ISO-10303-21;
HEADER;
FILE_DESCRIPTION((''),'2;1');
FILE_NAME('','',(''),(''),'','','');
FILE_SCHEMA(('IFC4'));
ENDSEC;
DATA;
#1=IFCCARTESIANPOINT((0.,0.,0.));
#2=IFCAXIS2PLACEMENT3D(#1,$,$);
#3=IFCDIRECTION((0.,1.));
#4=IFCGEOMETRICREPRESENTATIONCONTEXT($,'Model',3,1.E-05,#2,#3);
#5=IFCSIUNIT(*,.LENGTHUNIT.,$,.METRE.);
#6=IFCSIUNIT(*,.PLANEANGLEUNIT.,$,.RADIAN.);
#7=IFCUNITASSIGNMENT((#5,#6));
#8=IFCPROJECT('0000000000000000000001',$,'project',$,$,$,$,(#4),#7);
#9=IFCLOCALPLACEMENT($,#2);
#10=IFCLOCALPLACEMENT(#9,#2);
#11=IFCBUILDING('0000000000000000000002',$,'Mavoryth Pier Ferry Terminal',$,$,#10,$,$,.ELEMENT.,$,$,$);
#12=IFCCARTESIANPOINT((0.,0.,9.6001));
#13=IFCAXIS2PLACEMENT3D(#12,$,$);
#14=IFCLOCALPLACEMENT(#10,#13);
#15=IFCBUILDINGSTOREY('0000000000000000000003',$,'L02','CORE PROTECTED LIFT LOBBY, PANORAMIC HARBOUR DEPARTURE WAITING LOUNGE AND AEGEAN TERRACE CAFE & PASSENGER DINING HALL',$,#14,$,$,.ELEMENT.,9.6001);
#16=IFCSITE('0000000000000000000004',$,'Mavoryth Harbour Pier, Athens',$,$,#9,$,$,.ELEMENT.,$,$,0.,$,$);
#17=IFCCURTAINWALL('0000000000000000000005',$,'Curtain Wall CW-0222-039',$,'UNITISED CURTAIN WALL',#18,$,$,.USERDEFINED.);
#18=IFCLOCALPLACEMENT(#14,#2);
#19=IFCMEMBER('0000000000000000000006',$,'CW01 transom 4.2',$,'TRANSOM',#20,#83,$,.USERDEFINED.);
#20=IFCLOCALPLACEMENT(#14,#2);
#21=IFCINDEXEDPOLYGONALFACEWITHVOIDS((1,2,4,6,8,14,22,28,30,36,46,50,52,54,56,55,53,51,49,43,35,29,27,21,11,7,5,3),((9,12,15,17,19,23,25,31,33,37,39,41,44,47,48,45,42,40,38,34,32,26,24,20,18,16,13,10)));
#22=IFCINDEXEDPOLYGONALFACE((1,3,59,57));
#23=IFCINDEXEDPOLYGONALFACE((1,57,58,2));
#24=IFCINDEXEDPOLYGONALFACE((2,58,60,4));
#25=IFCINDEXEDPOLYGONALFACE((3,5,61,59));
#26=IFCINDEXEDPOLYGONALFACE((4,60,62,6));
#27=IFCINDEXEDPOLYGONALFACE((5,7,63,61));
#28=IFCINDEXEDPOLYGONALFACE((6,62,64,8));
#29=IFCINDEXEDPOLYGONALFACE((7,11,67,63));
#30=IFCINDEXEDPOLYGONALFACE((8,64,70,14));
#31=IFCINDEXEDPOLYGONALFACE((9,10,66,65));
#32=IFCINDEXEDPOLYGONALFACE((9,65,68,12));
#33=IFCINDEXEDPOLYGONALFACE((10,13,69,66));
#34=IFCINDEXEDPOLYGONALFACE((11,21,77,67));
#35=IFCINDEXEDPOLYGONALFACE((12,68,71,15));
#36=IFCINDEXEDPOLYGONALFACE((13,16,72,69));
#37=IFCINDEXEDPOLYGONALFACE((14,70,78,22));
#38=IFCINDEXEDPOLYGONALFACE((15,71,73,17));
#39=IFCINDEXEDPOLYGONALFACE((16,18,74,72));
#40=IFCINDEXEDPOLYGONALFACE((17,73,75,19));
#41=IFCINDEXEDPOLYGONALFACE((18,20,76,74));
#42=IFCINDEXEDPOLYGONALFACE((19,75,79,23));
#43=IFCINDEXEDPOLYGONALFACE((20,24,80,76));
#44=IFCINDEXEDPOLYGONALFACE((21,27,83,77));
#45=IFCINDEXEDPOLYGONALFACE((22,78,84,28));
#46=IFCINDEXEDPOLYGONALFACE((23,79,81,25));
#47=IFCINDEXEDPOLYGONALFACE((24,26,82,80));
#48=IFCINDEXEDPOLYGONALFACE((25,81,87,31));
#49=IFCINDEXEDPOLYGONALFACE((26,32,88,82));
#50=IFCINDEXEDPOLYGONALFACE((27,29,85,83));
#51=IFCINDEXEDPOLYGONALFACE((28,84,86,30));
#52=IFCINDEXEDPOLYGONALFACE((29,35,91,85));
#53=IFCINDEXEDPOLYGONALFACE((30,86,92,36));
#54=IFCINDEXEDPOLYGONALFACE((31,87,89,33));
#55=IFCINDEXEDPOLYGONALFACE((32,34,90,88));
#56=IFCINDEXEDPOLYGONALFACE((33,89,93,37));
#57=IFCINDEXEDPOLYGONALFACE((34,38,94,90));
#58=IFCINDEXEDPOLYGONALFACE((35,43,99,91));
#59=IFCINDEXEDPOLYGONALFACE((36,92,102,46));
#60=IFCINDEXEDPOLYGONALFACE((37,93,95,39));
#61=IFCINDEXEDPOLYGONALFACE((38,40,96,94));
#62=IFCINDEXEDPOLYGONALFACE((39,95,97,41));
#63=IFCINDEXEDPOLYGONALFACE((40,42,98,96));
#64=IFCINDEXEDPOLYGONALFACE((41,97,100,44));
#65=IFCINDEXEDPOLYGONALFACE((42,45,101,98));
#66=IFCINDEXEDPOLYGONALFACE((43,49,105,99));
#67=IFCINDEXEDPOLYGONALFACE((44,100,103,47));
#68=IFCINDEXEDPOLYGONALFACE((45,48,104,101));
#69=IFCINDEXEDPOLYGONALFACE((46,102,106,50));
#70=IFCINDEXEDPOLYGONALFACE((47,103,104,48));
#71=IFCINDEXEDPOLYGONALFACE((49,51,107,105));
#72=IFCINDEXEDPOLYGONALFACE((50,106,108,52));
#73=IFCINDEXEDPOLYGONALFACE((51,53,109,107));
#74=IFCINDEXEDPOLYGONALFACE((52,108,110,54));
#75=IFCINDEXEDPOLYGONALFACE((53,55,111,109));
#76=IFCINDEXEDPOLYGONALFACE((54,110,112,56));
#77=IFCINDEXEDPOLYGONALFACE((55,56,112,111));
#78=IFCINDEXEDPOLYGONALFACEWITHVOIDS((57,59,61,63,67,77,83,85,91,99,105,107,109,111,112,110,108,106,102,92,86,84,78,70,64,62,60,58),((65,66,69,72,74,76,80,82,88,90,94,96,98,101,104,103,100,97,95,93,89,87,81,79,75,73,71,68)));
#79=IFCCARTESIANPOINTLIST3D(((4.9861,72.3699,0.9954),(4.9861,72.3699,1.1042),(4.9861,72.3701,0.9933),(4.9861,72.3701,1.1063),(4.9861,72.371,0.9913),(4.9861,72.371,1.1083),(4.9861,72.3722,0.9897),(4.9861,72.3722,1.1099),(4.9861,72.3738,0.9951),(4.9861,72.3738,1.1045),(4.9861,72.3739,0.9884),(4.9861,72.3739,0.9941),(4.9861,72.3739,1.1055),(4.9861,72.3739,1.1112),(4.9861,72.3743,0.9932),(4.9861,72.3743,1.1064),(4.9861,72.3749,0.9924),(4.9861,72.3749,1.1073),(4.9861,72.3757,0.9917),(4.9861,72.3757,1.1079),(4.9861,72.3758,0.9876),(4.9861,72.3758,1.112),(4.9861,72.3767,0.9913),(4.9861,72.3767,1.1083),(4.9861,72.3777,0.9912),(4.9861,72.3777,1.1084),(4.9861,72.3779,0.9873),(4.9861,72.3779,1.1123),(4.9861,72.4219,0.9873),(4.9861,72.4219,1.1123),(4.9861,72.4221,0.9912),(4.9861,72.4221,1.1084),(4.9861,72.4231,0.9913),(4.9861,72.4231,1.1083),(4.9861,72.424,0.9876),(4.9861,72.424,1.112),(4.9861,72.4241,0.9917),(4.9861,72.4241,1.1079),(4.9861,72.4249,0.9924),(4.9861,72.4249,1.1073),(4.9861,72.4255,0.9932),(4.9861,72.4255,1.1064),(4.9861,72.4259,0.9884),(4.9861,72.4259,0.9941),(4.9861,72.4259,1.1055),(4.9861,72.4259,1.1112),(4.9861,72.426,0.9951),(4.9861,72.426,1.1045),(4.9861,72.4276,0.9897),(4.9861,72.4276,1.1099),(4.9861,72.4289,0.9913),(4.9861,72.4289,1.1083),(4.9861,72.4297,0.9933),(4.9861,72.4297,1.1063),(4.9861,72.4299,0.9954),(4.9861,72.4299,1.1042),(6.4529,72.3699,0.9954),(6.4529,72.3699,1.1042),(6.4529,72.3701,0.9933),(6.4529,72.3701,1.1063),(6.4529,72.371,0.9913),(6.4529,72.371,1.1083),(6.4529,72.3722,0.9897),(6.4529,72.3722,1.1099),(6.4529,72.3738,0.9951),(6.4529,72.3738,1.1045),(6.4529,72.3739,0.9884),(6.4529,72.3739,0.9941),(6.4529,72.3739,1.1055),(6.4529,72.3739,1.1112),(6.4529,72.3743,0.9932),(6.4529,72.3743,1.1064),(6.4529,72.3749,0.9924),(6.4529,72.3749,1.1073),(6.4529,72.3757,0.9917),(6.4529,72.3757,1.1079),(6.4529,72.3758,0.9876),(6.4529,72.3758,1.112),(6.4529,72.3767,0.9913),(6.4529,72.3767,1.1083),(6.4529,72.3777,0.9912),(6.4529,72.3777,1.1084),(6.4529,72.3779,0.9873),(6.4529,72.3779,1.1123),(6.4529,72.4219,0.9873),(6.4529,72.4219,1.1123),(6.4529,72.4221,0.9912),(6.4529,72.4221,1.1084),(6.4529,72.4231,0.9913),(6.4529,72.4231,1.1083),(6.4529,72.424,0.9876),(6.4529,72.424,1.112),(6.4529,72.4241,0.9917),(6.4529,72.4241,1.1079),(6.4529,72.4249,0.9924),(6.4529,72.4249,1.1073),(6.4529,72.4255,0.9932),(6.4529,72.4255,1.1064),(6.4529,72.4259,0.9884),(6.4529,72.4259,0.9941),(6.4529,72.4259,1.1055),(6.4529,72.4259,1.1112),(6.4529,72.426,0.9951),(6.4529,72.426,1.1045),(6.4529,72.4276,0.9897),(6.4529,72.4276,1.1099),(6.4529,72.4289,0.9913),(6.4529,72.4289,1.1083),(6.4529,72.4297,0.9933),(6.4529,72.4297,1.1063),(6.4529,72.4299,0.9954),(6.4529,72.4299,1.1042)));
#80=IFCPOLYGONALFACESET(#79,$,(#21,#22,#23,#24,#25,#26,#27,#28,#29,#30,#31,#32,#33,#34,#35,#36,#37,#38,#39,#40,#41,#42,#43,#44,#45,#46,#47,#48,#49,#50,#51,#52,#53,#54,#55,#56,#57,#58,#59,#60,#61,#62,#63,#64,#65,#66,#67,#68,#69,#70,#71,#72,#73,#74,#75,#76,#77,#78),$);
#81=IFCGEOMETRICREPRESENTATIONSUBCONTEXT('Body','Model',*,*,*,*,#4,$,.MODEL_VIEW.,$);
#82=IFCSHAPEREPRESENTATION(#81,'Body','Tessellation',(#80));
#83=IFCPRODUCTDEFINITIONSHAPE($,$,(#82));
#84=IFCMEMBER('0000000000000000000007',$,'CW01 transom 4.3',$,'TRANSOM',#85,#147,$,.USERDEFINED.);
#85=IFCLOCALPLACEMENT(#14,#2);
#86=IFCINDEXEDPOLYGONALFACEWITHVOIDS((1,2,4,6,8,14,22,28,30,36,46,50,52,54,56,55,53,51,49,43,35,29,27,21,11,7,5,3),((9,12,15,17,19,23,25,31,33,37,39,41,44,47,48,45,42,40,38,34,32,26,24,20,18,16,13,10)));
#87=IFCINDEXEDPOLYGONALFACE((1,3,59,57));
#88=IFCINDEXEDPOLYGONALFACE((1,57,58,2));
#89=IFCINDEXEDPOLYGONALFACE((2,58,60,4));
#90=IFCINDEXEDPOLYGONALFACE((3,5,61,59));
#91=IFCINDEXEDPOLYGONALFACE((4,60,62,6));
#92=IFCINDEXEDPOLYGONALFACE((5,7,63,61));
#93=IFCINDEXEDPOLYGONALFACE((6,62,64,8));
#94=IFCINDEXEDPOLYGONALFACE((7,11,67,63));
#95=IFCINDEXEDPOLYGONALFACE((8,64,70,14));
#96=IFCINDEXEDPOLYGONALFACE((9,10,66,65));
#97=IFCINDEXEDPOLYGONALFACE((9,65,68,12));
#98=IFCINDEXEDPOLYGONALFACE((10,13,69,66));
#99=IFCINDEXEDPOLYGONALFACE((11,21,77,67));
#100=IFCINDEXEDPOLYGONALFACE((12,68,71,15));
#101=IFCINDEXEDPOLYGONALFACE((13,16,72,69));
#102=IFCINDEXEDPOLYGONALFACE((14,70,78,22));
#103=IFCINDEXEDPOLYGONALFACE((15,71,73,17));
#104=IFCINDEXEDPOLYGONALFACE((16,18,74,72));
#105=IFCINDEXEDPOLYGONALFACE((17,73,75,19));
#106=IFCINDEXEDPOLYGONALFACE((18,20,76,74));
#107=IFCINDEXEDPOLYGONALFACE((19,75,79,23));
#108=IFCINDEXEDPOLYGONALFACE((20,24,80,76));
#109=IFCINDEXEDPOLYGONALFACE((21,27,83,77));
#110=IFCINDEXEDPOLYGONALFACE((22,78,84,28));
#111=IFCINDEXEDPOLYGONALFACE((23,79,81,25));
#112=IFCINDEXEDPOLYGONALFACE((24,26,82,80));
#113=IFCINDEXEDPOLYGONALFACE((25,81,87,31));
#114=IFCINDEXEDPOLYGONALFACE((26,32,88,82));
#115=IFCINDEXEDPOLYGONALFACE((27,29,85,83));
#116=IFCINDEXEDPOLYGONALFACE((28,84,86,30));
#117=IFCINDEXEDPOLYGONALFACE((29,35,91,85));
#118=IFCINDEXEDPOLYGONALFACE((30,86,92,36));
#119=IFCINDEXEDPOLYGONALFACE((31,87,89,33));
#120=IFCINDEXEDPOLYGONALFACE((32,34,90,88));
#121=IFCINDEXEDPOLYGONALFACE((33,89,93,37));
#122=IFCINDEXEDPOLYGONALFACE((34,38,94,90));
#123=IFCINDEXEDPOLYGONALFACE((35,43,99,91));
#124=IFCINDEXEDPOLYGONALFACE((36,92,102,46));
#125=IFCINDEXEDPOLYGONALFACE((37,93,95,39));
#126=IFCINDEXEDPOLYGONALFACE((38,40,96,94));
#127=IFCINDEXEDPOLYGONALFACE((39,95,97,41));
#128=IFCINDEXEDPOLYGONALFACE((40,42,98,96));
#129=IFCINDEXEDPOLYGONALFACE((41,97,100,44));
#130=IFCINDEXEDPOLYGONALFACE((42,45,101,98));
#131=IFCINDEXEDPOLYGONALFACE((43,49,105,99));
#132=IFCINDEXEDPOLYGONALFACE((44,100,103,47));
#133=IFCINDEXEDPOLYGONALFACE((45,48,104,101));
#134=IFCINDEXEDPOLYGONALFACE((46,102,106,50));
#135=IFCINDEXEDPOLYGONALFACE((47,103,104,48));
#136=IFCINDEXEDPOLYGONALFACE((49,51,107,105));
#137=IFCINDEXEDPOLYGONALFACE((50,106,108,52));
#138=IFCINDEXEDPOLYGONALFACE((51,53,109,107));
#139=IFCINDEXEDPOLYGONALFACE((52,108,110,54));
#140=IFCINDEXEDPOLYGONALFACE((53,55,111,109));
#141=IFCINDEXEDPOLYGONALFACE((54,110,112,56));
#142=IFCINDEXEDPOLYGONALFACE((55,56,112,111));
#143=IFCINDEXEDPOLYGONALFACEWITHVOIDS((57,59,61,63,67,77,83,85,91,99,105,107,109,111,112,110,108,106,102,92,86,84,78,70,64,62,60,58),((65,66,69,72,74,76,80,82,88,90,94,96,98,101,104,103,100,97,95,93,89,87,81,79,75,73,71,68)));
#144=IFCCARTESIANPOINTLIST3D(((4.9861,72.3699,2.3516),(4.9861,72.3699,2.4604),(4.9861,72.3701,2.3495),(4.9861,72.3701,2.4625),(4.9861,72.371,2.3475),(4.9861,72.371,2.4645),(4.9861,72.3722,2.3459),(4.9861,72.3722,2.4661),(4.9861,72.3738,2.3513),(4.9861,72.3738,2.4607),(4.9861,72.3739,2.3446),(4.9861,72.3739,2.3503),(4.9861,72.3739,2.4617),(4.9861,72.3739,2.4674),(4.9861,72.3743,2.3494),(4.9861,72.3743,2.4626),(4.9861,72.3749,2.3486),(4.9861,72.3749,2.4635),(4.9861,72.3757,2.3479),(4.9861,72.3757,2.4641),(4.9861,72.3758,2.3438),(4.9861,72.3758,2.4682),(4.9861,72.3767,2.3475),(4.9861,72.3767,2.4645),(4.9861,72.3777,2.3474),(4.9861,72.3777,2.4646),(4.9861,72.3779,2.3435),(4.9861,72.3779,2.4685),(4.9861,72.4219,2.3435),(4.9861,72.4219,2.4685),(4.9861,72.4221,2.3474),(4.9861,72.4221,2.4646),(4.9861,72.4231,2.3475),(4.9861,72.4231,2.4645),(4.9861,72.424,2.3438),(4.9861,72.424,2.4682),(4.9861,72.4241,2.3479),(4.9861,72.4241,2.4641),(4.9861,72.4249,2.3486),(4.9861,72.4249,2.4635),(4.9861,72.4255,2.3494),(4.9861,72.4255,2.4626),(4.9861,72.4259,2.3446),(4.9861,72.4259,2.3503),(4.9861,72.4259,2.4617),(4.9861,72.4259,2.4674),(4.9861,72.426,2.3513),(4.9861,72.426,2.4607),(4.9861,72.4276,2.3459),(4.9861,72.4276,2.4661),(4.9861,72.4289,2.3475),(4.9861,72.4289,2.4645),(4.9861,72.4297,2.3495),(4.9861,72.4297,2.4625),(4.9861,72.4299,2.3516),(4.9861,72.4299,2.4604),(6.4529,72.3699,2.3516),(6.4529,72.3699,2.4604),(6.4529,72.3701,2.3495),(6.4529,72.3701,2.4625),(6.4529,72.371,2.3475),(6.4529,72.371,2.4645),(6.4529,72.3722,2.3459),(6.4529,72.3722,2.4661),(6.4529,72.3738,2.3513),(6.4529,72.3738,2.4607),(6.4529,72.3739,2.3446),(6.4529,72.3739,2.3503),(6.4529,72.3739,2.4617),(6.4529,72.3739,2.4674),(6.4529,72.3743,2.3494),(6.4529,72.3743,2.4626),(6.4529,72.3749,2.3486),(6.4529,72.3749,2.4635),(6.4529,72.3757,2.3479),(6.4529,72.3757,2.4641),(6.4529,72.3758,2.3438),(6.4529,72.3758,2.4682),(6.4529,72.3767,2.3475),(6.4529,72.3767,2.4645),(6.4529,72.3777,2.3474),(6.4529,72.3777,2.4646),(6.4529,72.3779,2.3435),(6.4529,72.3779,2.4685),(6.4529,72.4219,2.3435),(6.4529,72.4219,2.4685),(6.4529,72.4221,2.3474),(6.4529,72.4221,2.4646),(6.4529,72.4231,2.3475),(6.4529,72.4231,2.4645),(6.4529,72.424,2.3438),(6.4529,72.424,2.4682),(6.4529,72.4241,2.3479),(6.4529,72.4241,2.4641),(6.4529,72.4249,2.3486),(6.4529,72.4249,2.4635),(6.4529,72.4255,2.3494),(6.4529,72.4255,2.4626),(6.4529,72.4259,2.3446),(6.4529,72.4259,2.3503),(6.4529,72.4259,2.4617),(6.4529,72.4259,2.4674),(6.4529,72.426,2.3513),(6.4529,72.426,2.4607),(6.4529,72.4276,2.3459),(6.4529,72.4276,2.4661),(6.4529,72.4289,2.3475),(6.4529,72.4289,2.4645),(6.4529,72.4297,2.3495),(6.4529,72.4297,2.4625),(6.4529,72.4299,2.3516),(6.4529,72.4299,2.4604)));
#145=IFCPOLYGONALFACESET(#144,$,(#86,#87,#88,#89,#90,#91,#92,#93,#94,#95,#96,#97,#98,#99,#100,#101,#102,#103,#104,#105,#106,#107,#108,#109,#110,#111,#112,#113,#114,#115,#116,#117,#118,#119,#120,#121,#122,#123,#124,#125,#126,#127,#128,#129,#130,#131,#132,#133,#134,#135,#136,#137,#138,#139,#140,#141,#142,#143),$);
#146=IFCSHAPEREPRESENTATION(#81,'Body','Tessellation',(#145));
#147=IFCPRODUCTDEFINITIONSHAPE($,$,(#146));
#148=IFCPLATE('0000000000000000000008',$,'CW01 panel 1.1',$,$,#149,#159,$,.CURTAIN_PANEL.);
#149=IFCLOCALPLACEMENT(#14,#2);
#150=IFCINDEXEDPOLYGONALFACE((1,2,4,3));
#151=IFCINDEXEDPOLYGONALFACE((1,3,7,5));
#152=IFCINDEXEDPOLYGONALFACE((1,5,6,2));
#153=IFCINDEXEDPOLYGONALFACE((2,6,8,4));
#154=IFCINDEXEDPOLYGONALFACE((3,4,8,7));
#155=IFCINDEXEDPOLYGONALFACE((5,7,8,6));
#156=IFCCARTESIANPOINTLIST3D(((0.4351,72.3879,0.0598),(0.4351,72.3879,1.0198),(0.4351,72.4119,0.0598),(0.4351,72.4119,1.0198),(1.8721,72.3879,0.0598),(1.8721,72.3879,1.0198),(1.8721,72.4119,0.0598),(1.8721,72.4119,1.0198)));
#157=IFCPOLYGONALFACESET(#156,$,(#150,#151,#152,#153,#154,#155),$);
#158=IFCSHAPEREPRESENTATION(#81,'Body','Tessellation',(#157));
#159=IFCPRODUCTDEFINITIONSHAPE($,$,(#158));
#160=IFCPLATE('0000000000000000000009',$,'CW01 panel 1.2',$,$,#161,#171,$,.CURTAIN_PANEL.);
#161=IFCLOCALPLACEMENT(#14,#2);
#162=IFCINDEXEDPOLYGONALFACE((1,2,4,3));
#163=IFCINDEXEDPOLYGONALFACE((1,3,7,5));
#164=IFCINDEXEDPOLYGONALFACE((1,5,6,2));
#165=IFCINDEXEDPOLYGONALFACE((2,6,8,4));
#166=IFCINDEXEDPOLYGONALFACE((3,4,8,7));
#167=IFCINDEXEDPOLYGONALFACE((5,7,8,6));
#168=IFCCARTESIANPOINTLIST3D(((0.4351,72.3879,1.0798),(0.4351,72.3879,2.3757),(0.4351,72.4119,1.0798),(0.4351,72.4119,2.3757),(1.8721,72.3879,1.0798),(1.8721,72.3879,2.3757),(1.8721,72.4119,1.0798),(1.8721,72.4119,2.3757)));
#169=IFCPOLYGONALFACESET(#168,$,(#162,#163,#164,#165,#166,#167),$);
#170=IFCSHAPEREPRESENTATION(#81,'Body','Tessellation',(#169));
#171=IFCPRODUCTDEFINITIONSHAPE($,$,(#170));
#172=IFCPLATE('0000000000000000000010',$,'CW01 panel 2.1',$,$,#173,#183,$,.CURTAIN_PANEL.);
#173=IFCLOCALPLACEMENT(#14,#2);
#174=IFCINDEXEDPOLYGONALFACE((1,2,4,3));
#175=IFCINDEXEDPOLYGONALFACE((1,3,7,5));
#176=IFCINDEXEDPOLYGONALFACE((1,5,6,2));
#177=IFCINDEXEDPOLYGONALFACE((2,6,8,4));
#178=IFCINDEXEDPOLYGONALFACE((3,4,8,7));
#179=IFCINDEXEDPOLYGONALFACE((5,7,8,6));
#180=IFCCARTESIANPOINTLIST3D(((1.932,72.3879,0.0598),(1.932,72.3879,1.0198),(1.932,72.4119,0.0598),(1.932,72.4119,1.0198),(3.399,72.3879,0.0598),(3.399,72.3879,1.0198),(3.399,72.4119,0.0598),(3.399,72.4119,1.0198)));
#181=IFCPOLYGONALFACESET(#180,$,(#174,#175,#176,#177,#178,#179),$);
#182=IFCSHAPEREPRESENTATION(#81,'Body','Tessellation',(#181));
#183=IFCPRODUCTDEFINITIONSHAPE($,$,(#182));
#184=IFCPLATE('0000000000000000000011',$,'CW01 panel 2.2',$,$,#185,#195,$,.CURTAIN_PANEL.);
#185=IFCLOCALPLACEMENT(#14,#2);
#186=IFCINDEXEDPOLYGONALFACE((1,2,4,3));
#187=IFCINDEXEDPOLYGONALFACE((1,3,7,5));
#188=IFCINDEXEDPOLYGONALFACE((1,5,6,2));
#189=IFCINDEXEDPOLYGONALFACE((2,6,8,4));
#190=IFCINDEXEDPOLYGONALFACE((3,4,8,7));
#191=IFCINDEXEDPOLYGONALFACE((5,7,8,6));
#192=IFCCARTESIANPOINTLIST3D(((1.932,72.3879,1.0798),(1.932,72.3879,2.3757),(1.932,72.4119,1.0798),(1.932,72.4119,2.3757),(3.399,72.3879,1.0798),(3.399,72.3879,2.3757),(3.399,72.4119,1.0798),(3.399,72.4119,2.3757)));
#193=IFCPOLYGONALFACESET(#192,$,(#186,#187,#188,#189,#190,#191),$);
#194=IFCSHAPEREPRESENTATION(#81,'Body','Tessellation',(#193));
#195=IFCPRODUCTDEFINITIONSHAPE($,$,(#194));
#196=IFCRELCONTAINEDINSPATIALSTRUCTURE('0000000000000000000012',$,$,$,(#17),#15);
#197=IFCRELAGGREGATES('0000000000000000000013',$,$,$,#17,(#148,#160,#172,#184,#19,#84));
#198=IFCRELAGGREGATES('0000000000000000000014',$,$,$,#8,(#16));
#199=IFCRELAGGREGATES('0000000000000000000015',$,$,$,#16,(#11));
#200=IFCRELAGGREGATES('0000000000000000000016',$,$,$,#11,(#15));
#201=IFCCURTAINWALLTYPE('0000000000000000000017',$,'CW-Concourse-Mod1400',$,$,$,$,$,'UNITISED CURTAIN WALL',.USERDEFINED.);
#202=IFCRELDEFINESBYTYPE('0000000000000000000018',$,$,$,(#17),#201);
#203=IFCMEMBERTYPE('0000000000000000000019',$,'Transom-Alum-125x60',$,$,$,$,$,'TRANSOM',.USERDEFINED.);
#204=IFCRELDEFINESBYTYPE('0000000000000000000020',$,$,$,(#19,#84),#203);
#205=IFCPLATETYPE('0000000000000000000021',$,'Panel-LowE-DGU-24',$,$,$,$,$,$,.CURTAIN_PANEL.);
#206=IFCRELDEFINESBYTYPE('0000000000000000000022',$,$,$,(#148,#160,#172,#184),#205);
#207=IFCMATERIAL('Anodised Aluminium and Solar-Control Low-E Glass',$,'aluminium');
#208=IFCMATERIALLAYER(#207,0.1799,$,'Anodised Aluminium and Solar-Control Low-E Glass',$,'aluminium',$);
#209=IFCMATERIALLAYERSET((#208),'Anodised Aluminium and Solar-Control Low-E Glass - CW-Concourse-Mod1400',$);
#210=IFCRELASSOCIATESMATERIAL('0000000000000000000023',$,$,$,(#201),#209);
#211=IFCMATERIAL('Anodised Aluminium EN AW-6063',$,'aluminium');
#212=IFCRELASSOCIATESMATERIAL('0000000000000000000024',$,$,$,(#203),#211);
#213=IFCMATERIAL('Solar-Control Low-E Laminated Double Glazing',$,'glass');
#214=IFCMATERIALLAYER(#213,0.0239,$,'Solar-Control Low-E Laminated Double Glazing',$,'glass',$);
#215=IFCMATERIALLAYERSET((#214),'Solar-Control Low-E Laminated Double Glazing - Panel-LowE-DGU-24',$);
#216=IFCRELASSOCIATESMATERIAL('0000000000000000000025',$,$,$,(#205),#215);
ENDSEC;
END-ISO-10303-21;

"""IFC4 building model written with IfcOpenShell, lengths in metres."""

from ifc_helpers import new_model, si_unit, direction, frame, origin, origin_2d, place, context, subcontext, project, spatial, rectangle, hollow_rectangle, extrude, material, layer, layer_set, material_profile, profile_set, type_object, element, aggregate, save


model = new_model("IFC4")

# Units and contexts
model_context = context("Model", 3, precision=1e-05, world=origin(), true_north=direction((0.0, 1.0)))
body_context = subcontext(model_context, "Body", "Model", "MODEL_VIEW")
ifc_project = project(units=[si_unit("LENGTHUNIT", "METRE"), si_unit("PLANEANGLEUNIT", "RADIAN")], contexts=[model_context])

# Site, building, storey
site_placement = place(None, origin())
site = spatial("IfcSite", under=ifc_project, at=site_placement, Name="Mavoryth Harbour Pier, Athens", CompositionType="ELEMENT", RefElevation=0.0)
building_placement = place(site_placement, origin())
building = spatial("IfcBuilding", under=site, at=building_placement, Name="Mavoryth Pier Ferry Terminal", CompositionType="ELEMENT")
storey_placement = place(building_placement, frame((0.0, 0.0, 9.6001)))
storey = spatial("IfcBuildingStorey", under=building, at=storey_placement, Name="L02", Description="CORE PROTECTED LIFT LOBBY, PANORAMIC HARBOUR DEPARTURE WAITING LOUNGE AND AEGEAN TERRACE CAFE & PASSENGER DINING HALL", CompositionType="ELEMENT", Elevation=9.6001)

# Curtain wall
ifc_material_1 = material(Name="Anodised Aluminium and Solar-Control Low-E Glass", Category="aluminium")
ifc_layer_1 = layer(ifc_material_1, 0.1799, Name="Anodised Aluminium and Solar-Control Low-E Glass", Category="aluminium")
ifc_layer_set_1 = layer_set([ifc_layer_1], Name="Anodised Aluminium and Solar-Control Low-E Glass - CW-Concourse-Mod1400")
curtain_wall_type = type_object("IfcCurtainWallType", Name="CW-Concourse-Mod1400", ElementType="UNITISED CURTAIN WALL", PredefinedType="USERDEFINED", material=ifc_layer_set_1)
curtain_wall_placement = place(storey_placement, origin())
curtain_wall = element("IfcCurtainWall", 1, at=curtain_wall_placement, inside=storey, type_object=curtain_wall_type, Name="Curtain Wall CW-0222-039", ObjectType="UNITISED CURTAIN WALL", PredefinedType="USERDEFINED")
ifc_material_2 = material(Name="Anodised Aluminium EN AW-6063", Category="aluminium")

# Members
ifc_material_profile_1 = material_profile(ifc_material_2, hollow_rectangle(XDim=0.0601, YDim=0.125, WallThickness=0.0039, InnerFilletRadius=0.0039, OuterFilletRadius=0.0081, at=origin_2d()), Name="AL-TRAN 125x60x4", Category="aluminium")
ifc_profile_set_1 = profile_set([ifc_material_profile_1], Name="Anodised Aluminium EN AW-6063 - AL-TRAN 125x60x4")
member_type_1 = type_object("IfcMemberType", Name="Transom-Alum-125x60", ElementType="TRANSOM", PredefinedType="USERDEFINED", material=ifc_profile_set_1)
member_1_placement = place(storey_placement, frame((4.9861, 72.3999, 1.0498), z_axis=(1.0, 0.0, 0.0), x_axis=(0.0, 1.0, 0.0)))
member_1 = element("IfcMember", 2, at=member_1_placement, type_object=member_type_1, Name="CW01 transom 4.2", ObjectType="TRANSOM", PredefinedType="USERDEFINED", context=body_context, shape_type="SweptSolid", body=[
    extrude(hollow_rectangle(XDim=0.0601, YDim=0.125, WallThickness=0.0039, InnerFilletRadius=0.0039, OuterFilletRadius=0.0081, at=origin_2d()), origin(), (0.0, 0.0, 1.0), 1.4668),
])
member_2_placement = place(storey_placement, frame((4.9861, 72.3999, 2.406), z_axis=(1.0, 0.0, 0.0), x_axis=(0.0, 1.0, 0.0)))
member_2 = element("IfcMember", 3, at=member_2_placement, type_object=member_type_1, Name="CW01 transom 4.3", ObjectType="TRANSOM", PredefinedType="USERDEFINED", context=body_context, shape_type="SweptSolid", body=[
    extrude(hollow_rectangle(XDim=0.0601, YDim=0.125, WallThickness=0.0039, InnerFilletRadius=0.0039, OuterFilletRadius=0.0081, at=origin_2d()), origin(), (0.0, 0.0, 1.0), 1.4668),
])

# Plates
ifc_material_3 = material(Name="Solar-Control Low-E Laminated Double Glazing", Category="glass")
ifc_layer_2 = layer(ifc_material_3, 0.0239, Name="Solar-Control Low-E Laminated Double Glazing", Category="glass")
ifc_layer_set_2 = layer_set([ifc_layer_2], Name="Solar-Control Low-E Laminated Double Glazing - Panel-LowE-DGU-24")
plate_type = type_object("IfcPlateType", Name="Panel-LowE-DGU-24", PredefinedType="CURTAIN_PANEL", material=ifc_layer_set_2)
plate_1_placement = place(storey_placement, frame((1.1536, 72.3999, 0.0598), z_axis=(0.0, 0.0, 1.0), x_axis=(1.0, 0.0, 0.0)))
plate_1 = element("IfcPlate", 4, at=plate_1_placement, type_object=plate_type, Name="CW01 panel 1.1", PredefinedType="CURTAIN_PANEL", context=body_context, shape_type="SweptSolid", body=[
    extrude(rectangle(XDim=1.437, YDim=0.0239, at=origin_2d()), origin(), (0.0, 0.0, 1.0), 0.96),
])
plate_2_placement = place(storey_placement, frame((1.1536, 72.3999, 1.0798), z_axis=(0.0, 0.0, 1.0), x_axis=(1.0, 0.0, 0.0)))
plate_2 = element("IfcPlate", 5, at=plate_2_placement, type_object=plate_type, Name="CW01 panel 1.2", PredefinedType="CURTAIN_PANEL", context=body_context, shape_type="SweptSolid", body=[
    extrude(rectangle(XDim=1.437, YDim=0.0239, at=origin_2d()), origin(), (0.0, 0.0, 1.0), 1.2959),
])
plate_3_placement = place(storey_placement, frame((2.6655, 72.3999, 0.0598), z_axis=(0.0, 0.0, 1.0), x_axis=(1.0, 0.0, 0.0)))
plate_3 = element("IfcPlate", 6, at=plate_3_placement, type_object=plate_type, Name="CW01 panel 2.1", PredefinedType="CURTAIN_PANEL", context=body_context, shape_type="SweptSolid", body=[
    extrude(rectangle(XDim=1.467, YDim=0.0239, at=origin_2d()), origin(), (0.0, 0.0, 1.0), 0.96),
])
plate_4_placement = place(storey_placement, frame((2.6655, 72.3999, 1.0798), z_axis=(0.0, 0.0, 1.0), x_axis=(1.0, 0.0, 0.0)))
plate_4 = element("IfcPlate", 7, at=plate_4_placement, type_object=plate_type, Name="CW01 panel 2.2", PredefinedType="CURTAIN_PANEL", context=body_context, shape_type="SweptSolid", body=[
    extrude(rectangle(XDim=1.467, YDim=0.0239, at=origin_2d()), origin(), (0.0, 0.0, 1.0), 1.2959),
])
aggregate(curtain_wall, [plate_1, plate_2, plate_3, plate_4, member_1, member_2])

save(model, "model.ifc")
